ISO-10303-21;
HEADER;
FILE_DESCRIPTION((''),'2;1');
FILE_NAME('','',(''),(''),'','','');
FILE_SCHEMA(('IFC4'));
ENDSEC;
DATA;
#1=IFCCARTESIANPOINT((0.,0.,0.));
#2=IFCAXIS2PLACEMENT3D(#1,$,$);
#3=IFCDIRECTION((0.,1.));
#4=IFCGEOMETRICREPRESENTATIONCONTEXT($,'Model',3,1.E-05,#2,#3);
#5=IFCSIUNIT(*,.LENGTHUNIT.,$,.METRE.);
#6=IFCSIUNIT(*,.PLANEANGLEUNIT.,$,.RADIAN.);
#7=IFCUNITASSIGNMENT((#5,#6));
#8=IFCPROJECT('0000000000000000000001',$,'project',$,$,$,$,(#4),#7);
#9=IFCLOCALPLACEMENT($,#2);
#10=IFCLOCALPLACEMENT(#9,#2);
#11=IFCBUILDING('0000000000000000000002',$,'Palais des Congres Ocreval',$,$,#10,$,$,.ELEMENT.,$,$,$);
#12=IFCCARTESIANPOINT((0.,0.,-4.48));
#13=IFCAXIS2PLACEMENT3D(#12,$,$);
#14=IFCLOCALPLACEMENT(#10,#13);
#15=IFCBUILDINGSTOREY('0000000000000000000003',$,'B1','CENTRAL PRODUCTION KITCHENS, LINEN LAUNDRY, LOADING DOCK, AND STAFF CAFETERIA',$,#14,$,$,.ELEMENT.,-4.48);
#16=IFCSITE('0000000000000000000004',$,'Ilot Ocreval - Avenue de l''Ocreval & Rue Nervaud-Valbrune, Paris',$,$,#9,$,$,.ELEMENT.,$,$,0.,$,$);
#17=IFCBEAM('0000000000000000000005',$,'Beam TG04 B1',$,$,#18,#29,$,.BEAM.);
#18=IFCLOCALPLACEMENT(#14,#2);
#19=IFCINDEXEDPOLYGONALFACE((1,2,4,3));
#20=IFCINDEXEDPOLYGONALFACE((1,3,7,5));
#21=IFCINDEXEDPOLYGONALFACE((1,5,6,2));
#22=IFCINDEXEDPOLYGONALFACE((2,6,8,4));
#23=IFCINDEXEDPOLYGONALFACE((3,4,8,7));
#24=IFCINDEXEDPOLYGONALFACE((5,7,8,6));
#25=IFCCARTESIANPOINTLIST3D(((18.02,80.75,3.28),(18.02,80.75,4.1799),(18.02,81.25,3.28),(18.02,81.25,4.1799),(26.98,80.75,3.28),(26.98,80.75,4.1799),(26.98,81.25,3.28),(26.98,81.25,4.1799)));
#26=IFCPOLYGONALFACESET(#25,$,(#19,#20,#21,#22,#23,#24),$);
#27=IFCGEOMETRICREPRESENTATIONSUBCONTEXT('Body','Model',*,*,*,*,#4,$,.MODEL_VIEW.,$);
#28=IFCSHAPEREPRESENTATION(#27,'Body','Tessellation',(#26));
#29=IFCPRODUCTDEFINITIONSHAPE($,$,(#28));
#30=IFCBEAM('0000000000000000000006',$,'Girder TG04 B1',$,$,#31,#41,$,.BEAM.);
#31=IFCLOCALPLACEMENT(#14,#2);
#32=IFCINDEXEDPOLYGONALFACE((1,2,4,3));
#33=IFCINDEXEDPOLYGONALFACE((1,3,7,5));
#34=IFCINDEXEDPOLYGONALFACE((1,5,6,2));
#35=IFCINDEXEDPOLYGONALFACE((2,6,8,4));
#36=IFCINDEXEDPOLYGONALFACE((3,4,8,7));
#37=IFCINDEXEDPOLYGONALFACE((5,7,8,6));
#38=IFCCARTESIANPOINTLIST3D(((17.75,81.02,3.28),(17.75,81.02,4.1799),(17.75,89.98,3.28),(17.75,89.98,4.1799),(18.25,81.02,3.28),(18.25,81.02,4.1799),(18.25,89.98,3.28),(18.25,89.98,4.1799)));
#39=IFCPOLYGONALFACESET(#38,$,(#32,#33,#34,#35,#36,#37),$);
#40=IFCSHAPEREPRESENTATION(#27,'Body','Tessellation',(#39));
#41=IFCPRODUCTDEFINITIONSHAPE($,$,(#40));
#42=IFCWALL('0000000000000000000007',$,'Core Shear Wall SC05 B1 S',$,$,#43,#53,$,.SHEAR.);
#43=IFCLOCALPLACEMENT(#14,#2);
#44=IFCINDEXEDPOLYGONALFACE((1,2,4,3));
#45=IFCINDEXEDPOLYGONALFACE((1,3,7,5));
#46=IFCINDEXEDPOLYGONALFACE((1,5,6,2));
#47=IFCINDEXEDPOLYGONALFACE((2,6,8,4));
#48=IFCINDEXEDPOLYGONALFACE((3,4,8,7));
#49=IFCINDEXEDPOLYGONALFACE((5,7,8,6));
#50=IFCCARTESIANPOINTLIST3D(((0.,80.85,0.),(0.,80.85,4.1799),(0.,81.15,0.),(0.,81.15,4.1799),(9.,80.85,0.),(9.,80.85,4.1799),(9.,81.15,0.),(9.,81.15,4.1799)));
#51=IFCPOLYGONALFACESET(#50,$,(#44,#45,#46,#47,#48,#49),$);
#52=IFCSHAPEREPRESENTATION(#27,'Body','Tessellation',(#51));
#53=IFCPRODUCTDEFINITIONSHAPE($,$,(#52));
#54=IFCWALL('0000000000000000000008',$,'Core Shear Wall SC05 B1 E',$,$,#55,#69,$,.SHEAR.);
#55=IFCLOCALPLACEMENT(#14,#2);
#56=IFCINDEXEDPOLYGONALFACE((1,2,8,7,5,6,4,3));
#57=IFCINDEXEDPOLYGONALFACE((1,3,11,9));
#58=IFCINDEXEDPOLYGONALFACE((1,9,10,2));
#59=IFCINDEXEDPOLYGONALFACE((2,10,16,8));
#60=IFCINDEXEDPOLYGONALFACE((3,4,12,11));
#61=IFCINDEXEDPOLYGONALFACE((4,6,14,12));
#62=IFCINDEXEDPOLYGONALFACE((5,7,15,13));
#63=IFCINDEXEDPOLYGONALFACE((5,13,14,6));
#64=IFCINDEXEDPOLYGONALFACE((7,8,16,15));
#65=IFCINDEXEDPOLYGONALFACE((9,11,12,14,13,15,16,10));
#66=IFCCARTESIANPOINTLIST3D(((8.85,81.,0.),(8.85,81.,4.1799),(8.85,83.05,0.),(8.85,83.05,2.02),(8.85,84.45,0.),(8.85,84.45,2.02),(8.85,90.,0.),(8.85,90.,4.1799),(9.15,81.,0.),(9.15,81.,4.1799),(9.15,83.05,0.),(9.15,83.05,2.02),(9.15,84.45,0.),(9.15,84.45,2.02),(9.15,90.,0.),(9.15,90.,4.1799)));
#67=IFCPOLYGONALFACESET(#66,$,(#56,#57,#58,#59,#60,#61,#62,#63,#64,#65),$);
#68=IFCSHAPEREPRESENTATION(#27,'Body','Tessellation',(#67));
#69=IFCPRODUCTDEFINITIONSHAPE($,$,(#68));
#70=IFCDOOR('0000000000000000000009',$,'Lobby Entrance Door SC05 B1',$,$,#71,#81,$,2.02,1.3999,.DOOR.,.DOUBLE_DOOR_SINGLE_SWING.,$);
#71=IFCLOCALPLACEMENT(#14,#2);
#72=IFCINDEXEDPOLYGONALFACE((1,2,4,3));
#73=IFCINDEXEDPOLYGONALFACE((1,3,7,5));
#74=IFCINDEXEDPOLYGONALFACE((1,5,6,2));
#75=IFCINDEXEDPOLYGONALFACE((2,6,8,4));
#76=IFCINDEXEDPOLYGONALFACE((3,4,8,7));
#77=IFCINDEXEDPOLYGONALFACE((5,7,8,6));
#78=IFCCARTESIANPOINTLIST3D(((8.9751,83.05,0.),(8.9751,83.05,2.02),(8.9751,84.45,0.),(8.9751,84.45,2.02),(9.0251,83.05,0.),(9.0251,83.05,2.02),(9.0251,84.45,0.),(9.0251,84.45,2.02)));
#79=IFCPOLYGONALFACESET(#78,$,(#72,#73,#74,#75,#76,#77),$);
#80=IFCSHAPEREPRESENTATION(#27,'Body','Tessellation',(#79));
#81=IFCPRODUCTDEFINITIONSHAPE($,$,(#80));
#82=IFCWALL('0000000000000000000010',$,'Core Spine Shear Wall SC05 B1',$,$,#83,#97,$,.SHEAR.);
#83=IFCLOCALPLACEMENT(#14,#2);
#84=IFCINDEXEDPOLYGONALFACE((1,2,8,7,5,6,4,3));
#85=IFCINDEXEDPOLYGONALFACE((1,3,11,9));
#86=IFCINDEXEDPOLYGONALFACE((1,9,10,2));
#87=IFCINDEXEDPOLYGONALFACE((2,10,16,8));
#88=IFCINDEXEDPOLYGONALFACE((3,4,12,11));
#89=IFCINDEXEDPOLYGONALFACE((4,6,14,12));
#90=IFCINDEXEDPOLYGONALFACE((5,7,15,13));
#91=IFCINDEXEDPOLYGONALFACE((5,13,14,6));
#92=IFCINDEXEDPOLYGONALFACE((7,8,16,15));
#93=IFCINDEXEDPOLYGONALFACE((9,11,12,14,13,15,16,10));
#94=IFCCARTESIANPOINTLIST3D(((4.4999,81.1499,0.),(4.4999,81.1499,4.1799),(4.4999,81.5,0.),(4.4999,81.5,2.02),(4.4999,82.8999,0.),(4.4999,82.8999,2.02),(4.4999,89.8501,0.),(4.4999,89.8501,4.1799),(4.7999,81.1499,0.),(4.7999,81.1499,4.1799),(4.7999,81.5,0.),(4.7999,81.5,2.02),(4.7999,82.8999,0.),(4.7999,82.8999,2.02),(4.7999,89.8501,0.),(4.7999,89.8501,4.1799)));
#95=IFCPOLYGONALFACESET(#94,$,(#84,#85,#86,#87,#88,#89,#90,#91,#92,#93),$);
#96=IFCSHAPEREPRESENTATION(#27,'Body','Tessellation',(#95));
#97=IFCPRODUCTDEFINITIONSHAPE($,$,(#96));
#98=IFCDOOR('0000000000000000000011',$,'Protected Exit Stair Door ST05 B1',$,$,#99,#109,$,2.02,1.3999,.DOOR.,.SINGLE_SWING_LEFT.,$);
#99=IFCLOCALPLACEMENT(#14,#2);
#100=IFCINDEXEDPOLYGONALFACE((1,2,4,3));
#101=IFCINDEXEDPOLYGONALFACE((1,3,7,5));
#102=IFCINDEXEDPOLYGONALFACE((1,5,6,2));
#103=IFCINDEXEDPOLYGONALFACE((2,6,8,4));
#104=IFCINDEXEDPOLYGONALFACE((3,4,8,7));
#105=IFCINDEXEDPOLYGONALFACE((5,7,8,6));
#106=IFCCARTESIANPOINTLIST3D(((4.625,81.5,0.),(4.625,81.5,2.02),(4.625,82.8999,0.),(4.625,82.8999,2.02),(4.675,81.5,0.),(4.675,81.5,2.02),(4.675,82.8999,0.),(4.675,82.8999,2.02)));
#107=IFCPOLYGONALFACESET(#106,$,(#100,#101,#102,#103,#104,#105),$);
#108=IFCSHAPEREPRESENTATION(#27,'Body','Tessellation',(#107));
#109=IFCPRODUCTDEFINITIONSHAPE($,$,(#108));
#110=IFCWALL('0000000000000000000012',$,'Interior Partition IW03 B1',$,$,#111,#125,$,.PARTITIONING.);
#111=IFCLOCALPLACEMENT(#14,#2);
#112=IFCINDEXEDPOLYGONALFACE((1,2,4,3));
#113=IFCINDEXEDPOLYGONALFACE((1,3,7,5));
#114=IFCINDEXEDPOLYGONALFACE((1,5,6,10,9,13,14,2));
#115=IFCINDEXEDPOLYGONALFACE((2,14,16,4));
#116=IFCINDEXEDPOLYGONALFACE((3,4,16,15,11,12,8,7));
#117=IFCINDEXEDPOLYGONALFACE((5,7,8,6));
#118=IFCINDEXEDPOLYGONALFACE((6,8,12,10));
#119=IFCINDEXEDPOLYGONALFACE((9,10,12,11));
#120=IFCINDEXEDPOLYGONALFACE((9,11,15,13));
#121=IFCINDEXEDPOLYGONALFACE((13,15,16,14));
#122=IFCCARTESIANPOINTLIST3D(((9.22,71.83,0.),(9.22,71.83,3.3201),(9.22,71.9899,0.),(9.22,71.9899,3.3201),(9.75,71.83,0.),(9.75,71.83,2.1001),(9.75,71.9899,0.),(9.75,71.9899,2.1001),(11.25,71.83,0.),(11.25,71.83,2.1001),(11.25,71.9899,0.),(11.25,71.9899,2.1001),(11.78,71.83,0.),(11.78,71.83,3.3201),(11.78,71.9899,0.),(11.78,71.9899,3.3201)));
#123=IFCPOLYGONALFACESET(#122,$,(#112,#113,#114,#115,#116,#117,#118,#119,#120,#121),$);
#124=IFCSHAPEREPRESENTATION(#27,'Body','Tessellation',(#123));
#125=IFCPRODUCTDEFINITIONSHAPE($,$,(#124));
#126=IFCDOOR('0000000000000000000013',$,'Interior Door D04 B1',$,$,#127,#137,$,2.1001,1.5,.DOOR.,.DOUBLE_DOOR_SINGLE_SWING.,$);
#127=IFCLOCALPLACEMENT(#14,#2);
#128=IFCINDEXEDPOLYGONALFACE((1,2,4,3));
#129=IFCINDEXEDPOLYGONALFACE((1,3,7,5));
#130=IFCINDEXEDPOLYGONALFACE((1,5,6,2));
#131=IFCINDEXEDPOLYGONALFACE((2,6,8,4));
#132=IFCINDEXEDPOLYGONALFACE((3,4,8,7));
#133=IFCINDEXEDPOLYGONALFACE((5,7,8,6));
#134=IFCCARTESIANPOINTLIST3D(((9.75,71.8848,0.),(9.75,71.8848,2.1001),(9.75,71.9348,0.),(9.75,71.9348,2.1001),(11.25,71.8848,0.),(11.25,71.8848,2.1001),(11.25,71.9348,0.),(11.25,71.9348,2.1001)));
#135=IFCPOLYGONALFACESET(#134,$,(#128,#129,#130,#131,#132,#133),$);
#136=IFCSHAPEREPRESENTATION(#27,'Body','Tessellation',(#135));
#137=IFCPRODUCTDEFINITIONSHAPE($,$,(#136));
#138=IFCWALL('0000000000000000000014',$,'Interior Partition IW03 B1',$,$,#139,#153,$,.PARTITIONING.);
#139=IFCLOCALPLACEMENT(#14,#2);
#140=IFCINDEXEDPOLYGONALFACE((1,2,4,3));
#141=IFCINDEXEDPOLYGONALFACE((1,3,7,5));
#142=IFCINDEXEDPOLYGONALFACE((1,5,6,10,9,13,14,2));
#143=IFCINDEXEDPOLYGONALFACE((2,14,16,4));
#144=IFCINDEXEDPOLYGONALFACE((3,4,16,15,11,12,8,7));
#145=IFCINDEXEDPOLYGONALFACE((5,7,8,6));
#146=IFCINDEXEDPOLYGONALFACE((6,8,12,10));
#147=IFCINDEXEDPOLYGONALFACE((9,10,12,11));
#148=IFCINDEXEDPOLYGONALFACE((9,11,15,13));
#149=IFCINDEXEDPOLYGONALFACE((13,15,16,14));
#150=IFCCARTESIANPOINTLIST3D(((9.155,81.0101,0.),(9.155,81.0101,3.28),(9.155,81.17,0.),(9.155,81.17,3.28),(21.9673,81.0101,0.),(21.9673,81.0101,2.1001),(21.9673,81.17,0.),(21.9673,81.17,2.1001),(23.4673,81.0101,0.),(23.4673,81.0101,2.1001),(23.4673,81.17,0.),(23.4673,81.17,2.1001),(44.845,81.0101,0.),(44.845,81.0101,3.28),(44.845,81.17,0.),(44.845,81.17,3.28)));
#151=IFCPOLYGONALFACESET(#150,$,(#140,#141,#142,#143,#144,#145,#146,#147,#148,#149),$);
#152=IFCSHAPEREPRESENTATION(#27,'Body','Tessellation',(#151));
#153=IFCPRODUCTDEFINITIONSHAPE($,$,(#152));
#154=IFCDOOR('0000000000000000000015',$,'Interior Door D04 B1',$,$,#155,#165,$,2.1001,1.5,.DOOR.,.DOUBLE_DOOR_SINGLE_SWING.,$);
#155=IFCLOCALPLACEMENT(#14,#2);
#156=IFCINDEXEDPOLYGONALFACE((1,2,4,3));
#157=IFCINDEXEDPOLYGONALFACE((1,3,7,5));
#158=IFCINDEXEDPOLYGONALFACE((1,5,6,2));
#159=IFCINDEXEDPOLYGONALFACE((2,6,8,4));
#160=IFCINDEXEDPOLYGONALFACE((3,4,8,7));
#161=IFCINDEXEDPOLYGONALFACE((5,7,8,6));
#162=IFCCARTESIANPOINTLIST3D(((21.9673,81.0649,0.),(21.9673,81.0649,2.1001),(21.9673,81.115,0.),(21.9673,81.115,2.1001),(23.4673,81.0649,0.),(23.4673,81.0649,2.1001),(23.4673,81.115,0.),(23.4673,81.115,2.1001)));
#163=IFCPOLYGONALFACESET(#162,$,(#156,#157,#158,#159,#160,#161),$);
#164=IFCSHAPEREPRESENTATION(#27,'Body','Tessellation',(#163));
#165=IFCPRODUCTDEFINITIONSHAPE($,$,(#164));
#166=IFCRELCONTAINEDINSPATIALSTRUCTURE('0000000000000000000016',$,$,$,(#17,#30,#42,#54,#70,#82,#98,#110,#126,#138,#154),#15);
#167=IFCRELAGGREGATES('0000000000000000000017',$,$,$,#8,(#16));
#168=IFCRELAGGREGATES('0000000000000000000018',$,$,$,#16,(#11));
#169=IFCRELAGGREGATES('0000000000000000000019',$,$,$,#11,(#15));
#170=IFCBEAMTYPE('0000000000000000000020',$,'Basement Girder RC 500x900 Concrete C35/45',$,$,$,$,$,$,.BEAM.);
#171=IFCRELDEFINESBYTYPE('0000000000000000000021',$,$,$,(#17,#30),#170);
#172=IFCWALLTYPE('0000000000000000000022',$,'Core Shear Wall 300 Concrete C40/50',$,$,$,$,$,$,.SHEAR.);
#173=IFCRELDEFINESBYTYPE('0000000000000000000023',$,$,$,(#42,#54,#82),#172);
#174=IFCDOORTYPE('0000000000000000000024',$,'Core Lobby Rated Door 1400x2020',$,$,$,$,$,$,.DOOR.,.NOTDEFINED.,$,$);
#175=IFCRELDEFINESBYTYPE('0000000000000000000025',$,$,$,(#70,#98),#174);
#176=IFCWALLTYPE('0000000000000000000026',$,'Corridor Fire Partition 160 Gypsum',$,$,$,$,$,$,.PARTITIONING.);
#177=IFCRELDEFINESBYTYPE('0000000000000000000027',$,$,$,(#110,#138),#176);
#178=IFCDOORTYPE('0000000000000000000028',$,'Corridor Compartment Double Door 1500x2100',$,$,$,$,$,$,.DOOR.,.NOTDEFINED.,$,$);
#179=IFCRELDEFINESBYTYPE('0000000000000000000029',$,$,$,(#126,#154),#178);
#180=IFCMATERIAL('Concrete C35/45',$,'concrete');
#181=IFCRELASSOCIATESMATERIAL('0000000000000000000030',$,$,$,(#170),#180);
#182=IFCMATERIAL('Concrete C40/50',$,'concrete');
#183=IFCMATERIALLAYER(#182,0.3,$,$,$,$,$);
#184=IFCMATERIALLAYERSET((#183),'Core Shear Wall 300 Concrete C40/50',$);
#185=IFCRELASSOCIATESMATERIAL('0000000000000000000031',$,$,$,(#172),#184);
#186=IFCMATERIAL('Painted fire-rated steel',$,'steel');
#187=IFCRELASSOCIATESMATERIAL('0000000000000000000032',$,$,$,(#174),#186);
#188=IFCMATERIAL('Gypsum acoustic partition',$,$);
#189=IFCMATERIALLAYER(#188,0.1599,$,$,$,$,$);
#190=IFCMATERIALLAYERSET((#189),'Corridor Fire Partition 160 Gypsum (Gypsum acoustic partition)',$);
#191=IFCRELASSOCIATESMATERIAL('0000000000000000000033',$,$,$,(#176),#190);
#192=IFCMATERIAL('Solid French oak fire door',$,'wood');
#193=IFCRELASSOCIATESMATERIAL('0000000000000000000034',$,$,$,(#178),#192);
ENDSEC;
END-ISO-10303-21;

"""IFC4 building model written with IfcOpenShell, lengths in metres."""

from ifc_helpers import new_model, si_unit, direction, frame, frame_2d, origin, origin_2d, place, context, subcontext, project, spatial, rectangle, extrude, material, layer, layer_set, material_profile, profile_set, type_object, element, fill, save


model = new_model("IFC4")

# Units and contexts
model_context = context("Model", 3, precision=1e-05, world=origin(), true_north=direction((0.0, 1.0)))
body_context = subcontext(model_context, "Body", "Model", "MODEL_VIEW")
ifc_project = project(units=[si_unit("LENGTHUNIT", "METRE"), si_unit("PLANEANGLEUNIT", "RADIAN")], contexts=[model_context])

# Site, building, storey
site_placement = place(None, origin())
site = spatial("IfcSite", under=ifc_project, at=site_placement, Name="Ilot Ocreval - Avenue de l'Ocreval & Rue Nervaud-Valbrune, Paris", CompositionType="ELEMENT", RefElevation=0.0)
building_placement = place(site_placement, origin())
building = spatial("IfcBuilding", under=site, at=building_placement, Name="Palais des Congres Ocreval", CompositionType="ELEMENT")
storey_placement = place(building_placement, frame((0.0, 0.0, -4.48)))
storey = spatial("IfcBuildingStorey", under=building, at=storey_placement, Name="B1", Description="CENTRAL PRODUCTION KITCHENS, LINEN LAUNDRY, LOADING DOCK, AND STAFF CAFETERIA", CompositionType="ELEMENT", Elevation=-4.48)

# Shared definitions
ifc_material_1 = material(Name="Concrete C40/50", Category="concrete")

# Beams
ifc_material_2 = material(Name="Concrete C35/45", Category="concrete")
ifc_material_profile_1 = material_profile(ifc_material_2, rectangle(XDim=0.5, YDim=0.8999, at=origin_2d()), Name="RC 500x900")
ifc_profile_set_1 = profile_set([ifc_material_profile_1], Name="Concrete C35/45")
beam_type = type_object("IfcBeamType", Name="Basement Girder RC 500x900 Concrete C35/45", PredefinedType="BEAM", material=ifc_profile_set_1)
for number, where, z_axis, x_axis, name in (
    (1, (18.02, 81.0, 3.73), (1.0, 0.0, 0.0), (0.0, 1.0, 0.0), "Beam TG04 B1"),
    (2, (18.0, 81.02, 3.73), (0.0, 1.0, 0.0), (-1.0, 0.0, 0.0), "Girder TG04 B1"),
):
    element("IfcBeam", number, at=place(storey_placement, frame(where, z_axis=z_axis, x_axis=x_axis)), inside=storey, type_object=beam_type, Name=name, PredefinedType="BEAM", context=body_context, shape_type="SweptSolid", body=[
        extrude(rectangle(XDim=0.5, YDim=0.8999, at=origin_2d()), origin(), (0.0, 0.0, 1.0), 8.96),
    ])

# Wall
ifc_layer_1 = layer(ifc_material_1, 0.3)
ifc_layer_set_1 = layer_set([ifc_layer_1], Name="Core Shear Wall 300 Concrete C40/50")
wall_type_1 = type_object("IfcWallType", Name="Core Shear Wall 300 Concrete C40/50", PredefinedType="SHEAR", material=ifc_layer_set_1)
wall_1_placement = place(storey_placement, frame((0.0, 81.0, 0.0), z_axis=(0.0, 0.0, 1.0), x_axis=(1.0, 0.0, 0.0)))
element("IfcWall", 3, at=wall_1_placement, inside=storey, type_object=wall_type_1, Name="Core Shear Wall SC05 B1 S", PredefinedType="SHEAR", context=body_context, shape_type="SweptSolid", body=[
    extrude(rectangle(XDim=9.0, YDim=0.3, at=frame_2d((4.5, 0.0))), origin(), (0.0, 0.0, 1.0), 4.1799),
])

# Walls, openings, doors
wall_2_placement = place(storey_placement, frame((9.0, 81.0, 0.0), z_axis=(0.0, 0.0, 1.0), x_axis=(0.0, 1.0, 0.0)))
wall_2 = element("IfcWall", 4, at=wall_2_placement, inside=storey, type_object=wall_type_1, Name="Core Shear Wall SC05 B1 E", PredefinedType="SHEAR", context=body_context, shape_type="SweptSolid", body=[
    extrude(rectangle(XDim=9.0, YDim=0.3, at=frame_2d((4.5, 0.0))), origin(), (0.0, 0.0, 1.0), 4.1799),
])
opening_1_placement = place(wall_2_placement, frame((2.05, 0.0, 0.0)))
opening_1 = element("IfcOpeningElement", 5, at=opening_1_placement, cuts=wall_2, PredefinedType="OPENING", context=body_context, shape_type="SweptSolid", body=[
    extrude(rectangle(XDim=1.3999, YDim=2.02, at=frame_2d((0.7, 1.01))), frame((0.0, 0.1599, 0.0), z_axis=(0.0, -1.0, 0.0), x_axis=(1.0, 0.0, 0.0)), (0.0, 0.0, 1.0), 0.3201),
])
ifc_material_3 = material(Name="Painted fire-rated steel", Category="steel")
door_type_1 = type_object("IfcDoorType", Name="Core Lobby Rated Door 1400x2020", OperationType="NOTDEFINED", PredefinedType="DOOR", material=ifc_material_3)
door_1_placement = place(opening_1_placement, origin())
door_1 = element("IfcDoor", 6, at=door_1_placement, inside=storey, type_object=door_type_1, Name="Lobby Entrance Door SC05 B1", OperationType="DOUBLE_DOOR_SINGLE_SWING", OverallHeight=2.02, OverallWidth=1.3999, PredefinedType="DOOR", context=body_context, shape_type="SweptSolid", body=[
    extrude(rectangle(XDim=1.3999, YDim=2.02, at=frame_2d((0.7, 1.01))), frame((0.0, 0.0249, 0.0), z_axis=(0.0, -1.0, 0.0), x_axis=(1.0, 0.0, 0.0)), (0.0, 0.0, 1.0), 0.05),
])
fill(opening_1, door_1)
wall_3_placement = place(storey_placement, frame((4.6499, 81.1499, 0.0), z_axis=(0.0, 0.0, 1.0), x_axis=(0.0, 1.0, 0.0)))
wall_3 = element("IfcWall", 7, at=wall_3_placement, inside=storey, type_object=wall_type_1, Name="Core Spine Shear Wall SC05 B1", PredefinedType="SHEAR", context=body_context, shape_type="SweptSolid", body=[
    extrude(rectangle(XDim=8.7002, YDim=0.3, at=frame_2d((4.3501, 0.0))), origin(), (0.0, 0.0, 1.0), 4.1799),
])
opening_2_placement = place(wall_3_placement, frame((0.3501, 0.0, 0.0)))
opening_2 = element("IfcOpeningElement", 8, at=opening_2_placement, cuts=wall_3, PredefinedType="OPENING", context=body_context, shape_type="SweptSolid", body=[
    extrude(rectangle(XDim=1.3999, YDim=2.02, at=frame_2d((0.7, 1.01))), frame((0.0, 0.1599, 0.0), z_axis=(0.0, -1.0, 0.0), x_axis=(1.0, 0.0, 0.0)), (0.0, 0.0, 1.0), 0.3201),
])
door_2_placement = place(opening_2_placement, origin())
door_2 = element("IfcDoor", 9, at=door_2_placement, inside=storey, type_object=door_type_1, Name="Protected Exit Stair Door ST05 B1", OperationType="SINGLE_SWING_LEFT", OverallHeight=2.02, OverallWidth=1.3999, PredefinedType="DOOR", context=body_context, shape_type="SweptSolid", body=[
    extrude(rectangle(XDim=1.3999, YDim=2.02, at=frame_2d((0.7, 1.01))), frame((0.0, 0.0249, 0.0), z_axis=(0.0, -1.0, 0.0), x_axis=(1.0, 0.0, 0.0)), (0.0, 0.0, 1.0), 0.05),
])
fill(opening_2, door_2)
ifc_material_4 = material(Name="Gypsum acoustic partition")
ifc_layer_2 = layer(ifc_material_4, 0.1599)
ifc_layer_set_2 = layer_set([ifc_layer_2], Name="Corridor Fire Partition 160 Gypsum (Gypsum acoustic partition)")
wall_type_2 = type_object("IfcWallType", Name="Corridor Fire Partition 160 Gypsum", PredefinedType="PARTITIONING", material=ifc_layer_set_2)
wall_4_placement = place(storey_placement, frame((9.22, 71.9099, 0.0), z_axis=(0.0, 0.0, 1.0), x_axis=(1.0, 0.0, 0.0)))
wall_4 = element("IfcWall", 10, at=wall_4_placement, inside=storey, type_object=wall_type_2, Name="Interior Partition IW03 B1", PredefinedType="PARTITIONING", context=body_context, shape_type="SweptSolid", body=[
    extrude(rectangle(XDim=2.5601, YDim=0.1599, at=frame_2d((1.28, 0.0))), origin(), (0.0, 0.0, 1.0), 3.3201),
])
opening_3_placement = place(wall_4_placement, frame((0.53, 0.0, 0.0)))
opening_3 = element("IfcOpeningElement", 11, at=opening_3_placement, cuts=wall_4, PredefinedType="OPENING", context=body_context, shape_type="SweptSolid", body=[
    extrude(rectangle(XDim=1.5, YDim=2.1001, at=frame_2d((0.75, 1.05))), frame((0.0, 0.0898, 0.0), z_axis=(0.0, -1.0, 0.0), x_axis=(1.0, 0.0, 0.0)), (0.0, 0.0, 1.0), 0.1799),
])
ifc_material_5 = material(Name="Solid French oak fire door", Category="wood")
door_type_2 = type_object("IfcDoorType", Name="Corridor Compartment Double Door 1500x2100", OperationType="NOTDEFINED", PredefinedType="DOOR", material=ifc_material_5)
door_3_placement = place(opening_3_placement, origin())
door_3 = element("IfcDoor", 12, at=door_3_placement, inside=storey, type_object=door_type_2, Name="Interior Door D04 B1", OperationType="DOUBLE_DOOR_SINGLE_SWING", OverallHeight=2.1001, OverallWidth=1.5, PredefinedType="DOOR", context=body_context, shape_type="SweptSolid", body=[
    extrude(rectangle(XDim=1.5, YDim=2.1001, at=frame_2d((0.75, 1.05))), frame((0.0, 0.0249, 0.0), z_axis=(0.0, -1.0, 0.0), x_axis=(1.0, 0.0, 0.0)), (0.0, 0.0, 1.0), 0.05),
])
fill(opening_3, door_3)
wall_5_placement = place(storey_placement, frame((9.155, 81.0901, 0.0), z_axis=(0.0, 0.0, 1.0), x_axis=(1.0, 0.0, 0.0)))
wall_5 = element("IfcWall", 13, at=wall_5_placement, inside=storey, type_object=wall_type_2, Name="Interior Partition IW03 B1", PredefinedType="PARTITIONING", context=body_context, shape_type="SweptSolid", body=[
    extrude(rectangle(XDim=35.6899, YDim=0.1599, at=frame_2d((17.845, 0.0))), origin(), (0.0, 0.0, 1.0), 3.28),
])
opening_4_placement = place(wall_5_placement, frame((12.8123, 0.0, 0.0)))
opening_4 = element("IfcOpeningElement", 14, at=opening_4_placement, cuts=wall_5, PredefinedType="OPENING", context=body_context, shape_type="SweptSolid", body=[
    extrude(rectangle(XDim=1.5, YDim=2.1001, at=frame_2d((0.75, 1.05))), frame((0.0, 0.0898, 0.0), z_axis=(0.0, -1.0, 0.0), x_axis=(1.0, 0.0, 0.0)), (0.0, 0.0, 1.0), 0.1799),
])
door_4_placement = place(opening_4_placement, origin())
door_4 = element("IfcDoor", 15, at=door_4_placement, inside=storey, type_object=door_type_2, Name="Interior Door D04 B1", OperationType="DOUBLE_DOOR_SINGLE_SWING", OverallHeight=2.1001, OverallWidth=1.5, PredefinedType="DOOR", context=body_context, shape_type="SweptSolid", body=[
    extrude(rectangle(XDim=1.5, YDim=2.1001, at=frame_2d((0.75, 1.05))), frame((0.0, 0.0249, 0.0), z_axis=(0.0, -1.0, 0.0), x_axis=(1.0, 0.0, 0.0)), (0.0, 0.0, 1.0), 0.05),
])
fill(opening_4, door_4)

save(model, "model.ifc")
